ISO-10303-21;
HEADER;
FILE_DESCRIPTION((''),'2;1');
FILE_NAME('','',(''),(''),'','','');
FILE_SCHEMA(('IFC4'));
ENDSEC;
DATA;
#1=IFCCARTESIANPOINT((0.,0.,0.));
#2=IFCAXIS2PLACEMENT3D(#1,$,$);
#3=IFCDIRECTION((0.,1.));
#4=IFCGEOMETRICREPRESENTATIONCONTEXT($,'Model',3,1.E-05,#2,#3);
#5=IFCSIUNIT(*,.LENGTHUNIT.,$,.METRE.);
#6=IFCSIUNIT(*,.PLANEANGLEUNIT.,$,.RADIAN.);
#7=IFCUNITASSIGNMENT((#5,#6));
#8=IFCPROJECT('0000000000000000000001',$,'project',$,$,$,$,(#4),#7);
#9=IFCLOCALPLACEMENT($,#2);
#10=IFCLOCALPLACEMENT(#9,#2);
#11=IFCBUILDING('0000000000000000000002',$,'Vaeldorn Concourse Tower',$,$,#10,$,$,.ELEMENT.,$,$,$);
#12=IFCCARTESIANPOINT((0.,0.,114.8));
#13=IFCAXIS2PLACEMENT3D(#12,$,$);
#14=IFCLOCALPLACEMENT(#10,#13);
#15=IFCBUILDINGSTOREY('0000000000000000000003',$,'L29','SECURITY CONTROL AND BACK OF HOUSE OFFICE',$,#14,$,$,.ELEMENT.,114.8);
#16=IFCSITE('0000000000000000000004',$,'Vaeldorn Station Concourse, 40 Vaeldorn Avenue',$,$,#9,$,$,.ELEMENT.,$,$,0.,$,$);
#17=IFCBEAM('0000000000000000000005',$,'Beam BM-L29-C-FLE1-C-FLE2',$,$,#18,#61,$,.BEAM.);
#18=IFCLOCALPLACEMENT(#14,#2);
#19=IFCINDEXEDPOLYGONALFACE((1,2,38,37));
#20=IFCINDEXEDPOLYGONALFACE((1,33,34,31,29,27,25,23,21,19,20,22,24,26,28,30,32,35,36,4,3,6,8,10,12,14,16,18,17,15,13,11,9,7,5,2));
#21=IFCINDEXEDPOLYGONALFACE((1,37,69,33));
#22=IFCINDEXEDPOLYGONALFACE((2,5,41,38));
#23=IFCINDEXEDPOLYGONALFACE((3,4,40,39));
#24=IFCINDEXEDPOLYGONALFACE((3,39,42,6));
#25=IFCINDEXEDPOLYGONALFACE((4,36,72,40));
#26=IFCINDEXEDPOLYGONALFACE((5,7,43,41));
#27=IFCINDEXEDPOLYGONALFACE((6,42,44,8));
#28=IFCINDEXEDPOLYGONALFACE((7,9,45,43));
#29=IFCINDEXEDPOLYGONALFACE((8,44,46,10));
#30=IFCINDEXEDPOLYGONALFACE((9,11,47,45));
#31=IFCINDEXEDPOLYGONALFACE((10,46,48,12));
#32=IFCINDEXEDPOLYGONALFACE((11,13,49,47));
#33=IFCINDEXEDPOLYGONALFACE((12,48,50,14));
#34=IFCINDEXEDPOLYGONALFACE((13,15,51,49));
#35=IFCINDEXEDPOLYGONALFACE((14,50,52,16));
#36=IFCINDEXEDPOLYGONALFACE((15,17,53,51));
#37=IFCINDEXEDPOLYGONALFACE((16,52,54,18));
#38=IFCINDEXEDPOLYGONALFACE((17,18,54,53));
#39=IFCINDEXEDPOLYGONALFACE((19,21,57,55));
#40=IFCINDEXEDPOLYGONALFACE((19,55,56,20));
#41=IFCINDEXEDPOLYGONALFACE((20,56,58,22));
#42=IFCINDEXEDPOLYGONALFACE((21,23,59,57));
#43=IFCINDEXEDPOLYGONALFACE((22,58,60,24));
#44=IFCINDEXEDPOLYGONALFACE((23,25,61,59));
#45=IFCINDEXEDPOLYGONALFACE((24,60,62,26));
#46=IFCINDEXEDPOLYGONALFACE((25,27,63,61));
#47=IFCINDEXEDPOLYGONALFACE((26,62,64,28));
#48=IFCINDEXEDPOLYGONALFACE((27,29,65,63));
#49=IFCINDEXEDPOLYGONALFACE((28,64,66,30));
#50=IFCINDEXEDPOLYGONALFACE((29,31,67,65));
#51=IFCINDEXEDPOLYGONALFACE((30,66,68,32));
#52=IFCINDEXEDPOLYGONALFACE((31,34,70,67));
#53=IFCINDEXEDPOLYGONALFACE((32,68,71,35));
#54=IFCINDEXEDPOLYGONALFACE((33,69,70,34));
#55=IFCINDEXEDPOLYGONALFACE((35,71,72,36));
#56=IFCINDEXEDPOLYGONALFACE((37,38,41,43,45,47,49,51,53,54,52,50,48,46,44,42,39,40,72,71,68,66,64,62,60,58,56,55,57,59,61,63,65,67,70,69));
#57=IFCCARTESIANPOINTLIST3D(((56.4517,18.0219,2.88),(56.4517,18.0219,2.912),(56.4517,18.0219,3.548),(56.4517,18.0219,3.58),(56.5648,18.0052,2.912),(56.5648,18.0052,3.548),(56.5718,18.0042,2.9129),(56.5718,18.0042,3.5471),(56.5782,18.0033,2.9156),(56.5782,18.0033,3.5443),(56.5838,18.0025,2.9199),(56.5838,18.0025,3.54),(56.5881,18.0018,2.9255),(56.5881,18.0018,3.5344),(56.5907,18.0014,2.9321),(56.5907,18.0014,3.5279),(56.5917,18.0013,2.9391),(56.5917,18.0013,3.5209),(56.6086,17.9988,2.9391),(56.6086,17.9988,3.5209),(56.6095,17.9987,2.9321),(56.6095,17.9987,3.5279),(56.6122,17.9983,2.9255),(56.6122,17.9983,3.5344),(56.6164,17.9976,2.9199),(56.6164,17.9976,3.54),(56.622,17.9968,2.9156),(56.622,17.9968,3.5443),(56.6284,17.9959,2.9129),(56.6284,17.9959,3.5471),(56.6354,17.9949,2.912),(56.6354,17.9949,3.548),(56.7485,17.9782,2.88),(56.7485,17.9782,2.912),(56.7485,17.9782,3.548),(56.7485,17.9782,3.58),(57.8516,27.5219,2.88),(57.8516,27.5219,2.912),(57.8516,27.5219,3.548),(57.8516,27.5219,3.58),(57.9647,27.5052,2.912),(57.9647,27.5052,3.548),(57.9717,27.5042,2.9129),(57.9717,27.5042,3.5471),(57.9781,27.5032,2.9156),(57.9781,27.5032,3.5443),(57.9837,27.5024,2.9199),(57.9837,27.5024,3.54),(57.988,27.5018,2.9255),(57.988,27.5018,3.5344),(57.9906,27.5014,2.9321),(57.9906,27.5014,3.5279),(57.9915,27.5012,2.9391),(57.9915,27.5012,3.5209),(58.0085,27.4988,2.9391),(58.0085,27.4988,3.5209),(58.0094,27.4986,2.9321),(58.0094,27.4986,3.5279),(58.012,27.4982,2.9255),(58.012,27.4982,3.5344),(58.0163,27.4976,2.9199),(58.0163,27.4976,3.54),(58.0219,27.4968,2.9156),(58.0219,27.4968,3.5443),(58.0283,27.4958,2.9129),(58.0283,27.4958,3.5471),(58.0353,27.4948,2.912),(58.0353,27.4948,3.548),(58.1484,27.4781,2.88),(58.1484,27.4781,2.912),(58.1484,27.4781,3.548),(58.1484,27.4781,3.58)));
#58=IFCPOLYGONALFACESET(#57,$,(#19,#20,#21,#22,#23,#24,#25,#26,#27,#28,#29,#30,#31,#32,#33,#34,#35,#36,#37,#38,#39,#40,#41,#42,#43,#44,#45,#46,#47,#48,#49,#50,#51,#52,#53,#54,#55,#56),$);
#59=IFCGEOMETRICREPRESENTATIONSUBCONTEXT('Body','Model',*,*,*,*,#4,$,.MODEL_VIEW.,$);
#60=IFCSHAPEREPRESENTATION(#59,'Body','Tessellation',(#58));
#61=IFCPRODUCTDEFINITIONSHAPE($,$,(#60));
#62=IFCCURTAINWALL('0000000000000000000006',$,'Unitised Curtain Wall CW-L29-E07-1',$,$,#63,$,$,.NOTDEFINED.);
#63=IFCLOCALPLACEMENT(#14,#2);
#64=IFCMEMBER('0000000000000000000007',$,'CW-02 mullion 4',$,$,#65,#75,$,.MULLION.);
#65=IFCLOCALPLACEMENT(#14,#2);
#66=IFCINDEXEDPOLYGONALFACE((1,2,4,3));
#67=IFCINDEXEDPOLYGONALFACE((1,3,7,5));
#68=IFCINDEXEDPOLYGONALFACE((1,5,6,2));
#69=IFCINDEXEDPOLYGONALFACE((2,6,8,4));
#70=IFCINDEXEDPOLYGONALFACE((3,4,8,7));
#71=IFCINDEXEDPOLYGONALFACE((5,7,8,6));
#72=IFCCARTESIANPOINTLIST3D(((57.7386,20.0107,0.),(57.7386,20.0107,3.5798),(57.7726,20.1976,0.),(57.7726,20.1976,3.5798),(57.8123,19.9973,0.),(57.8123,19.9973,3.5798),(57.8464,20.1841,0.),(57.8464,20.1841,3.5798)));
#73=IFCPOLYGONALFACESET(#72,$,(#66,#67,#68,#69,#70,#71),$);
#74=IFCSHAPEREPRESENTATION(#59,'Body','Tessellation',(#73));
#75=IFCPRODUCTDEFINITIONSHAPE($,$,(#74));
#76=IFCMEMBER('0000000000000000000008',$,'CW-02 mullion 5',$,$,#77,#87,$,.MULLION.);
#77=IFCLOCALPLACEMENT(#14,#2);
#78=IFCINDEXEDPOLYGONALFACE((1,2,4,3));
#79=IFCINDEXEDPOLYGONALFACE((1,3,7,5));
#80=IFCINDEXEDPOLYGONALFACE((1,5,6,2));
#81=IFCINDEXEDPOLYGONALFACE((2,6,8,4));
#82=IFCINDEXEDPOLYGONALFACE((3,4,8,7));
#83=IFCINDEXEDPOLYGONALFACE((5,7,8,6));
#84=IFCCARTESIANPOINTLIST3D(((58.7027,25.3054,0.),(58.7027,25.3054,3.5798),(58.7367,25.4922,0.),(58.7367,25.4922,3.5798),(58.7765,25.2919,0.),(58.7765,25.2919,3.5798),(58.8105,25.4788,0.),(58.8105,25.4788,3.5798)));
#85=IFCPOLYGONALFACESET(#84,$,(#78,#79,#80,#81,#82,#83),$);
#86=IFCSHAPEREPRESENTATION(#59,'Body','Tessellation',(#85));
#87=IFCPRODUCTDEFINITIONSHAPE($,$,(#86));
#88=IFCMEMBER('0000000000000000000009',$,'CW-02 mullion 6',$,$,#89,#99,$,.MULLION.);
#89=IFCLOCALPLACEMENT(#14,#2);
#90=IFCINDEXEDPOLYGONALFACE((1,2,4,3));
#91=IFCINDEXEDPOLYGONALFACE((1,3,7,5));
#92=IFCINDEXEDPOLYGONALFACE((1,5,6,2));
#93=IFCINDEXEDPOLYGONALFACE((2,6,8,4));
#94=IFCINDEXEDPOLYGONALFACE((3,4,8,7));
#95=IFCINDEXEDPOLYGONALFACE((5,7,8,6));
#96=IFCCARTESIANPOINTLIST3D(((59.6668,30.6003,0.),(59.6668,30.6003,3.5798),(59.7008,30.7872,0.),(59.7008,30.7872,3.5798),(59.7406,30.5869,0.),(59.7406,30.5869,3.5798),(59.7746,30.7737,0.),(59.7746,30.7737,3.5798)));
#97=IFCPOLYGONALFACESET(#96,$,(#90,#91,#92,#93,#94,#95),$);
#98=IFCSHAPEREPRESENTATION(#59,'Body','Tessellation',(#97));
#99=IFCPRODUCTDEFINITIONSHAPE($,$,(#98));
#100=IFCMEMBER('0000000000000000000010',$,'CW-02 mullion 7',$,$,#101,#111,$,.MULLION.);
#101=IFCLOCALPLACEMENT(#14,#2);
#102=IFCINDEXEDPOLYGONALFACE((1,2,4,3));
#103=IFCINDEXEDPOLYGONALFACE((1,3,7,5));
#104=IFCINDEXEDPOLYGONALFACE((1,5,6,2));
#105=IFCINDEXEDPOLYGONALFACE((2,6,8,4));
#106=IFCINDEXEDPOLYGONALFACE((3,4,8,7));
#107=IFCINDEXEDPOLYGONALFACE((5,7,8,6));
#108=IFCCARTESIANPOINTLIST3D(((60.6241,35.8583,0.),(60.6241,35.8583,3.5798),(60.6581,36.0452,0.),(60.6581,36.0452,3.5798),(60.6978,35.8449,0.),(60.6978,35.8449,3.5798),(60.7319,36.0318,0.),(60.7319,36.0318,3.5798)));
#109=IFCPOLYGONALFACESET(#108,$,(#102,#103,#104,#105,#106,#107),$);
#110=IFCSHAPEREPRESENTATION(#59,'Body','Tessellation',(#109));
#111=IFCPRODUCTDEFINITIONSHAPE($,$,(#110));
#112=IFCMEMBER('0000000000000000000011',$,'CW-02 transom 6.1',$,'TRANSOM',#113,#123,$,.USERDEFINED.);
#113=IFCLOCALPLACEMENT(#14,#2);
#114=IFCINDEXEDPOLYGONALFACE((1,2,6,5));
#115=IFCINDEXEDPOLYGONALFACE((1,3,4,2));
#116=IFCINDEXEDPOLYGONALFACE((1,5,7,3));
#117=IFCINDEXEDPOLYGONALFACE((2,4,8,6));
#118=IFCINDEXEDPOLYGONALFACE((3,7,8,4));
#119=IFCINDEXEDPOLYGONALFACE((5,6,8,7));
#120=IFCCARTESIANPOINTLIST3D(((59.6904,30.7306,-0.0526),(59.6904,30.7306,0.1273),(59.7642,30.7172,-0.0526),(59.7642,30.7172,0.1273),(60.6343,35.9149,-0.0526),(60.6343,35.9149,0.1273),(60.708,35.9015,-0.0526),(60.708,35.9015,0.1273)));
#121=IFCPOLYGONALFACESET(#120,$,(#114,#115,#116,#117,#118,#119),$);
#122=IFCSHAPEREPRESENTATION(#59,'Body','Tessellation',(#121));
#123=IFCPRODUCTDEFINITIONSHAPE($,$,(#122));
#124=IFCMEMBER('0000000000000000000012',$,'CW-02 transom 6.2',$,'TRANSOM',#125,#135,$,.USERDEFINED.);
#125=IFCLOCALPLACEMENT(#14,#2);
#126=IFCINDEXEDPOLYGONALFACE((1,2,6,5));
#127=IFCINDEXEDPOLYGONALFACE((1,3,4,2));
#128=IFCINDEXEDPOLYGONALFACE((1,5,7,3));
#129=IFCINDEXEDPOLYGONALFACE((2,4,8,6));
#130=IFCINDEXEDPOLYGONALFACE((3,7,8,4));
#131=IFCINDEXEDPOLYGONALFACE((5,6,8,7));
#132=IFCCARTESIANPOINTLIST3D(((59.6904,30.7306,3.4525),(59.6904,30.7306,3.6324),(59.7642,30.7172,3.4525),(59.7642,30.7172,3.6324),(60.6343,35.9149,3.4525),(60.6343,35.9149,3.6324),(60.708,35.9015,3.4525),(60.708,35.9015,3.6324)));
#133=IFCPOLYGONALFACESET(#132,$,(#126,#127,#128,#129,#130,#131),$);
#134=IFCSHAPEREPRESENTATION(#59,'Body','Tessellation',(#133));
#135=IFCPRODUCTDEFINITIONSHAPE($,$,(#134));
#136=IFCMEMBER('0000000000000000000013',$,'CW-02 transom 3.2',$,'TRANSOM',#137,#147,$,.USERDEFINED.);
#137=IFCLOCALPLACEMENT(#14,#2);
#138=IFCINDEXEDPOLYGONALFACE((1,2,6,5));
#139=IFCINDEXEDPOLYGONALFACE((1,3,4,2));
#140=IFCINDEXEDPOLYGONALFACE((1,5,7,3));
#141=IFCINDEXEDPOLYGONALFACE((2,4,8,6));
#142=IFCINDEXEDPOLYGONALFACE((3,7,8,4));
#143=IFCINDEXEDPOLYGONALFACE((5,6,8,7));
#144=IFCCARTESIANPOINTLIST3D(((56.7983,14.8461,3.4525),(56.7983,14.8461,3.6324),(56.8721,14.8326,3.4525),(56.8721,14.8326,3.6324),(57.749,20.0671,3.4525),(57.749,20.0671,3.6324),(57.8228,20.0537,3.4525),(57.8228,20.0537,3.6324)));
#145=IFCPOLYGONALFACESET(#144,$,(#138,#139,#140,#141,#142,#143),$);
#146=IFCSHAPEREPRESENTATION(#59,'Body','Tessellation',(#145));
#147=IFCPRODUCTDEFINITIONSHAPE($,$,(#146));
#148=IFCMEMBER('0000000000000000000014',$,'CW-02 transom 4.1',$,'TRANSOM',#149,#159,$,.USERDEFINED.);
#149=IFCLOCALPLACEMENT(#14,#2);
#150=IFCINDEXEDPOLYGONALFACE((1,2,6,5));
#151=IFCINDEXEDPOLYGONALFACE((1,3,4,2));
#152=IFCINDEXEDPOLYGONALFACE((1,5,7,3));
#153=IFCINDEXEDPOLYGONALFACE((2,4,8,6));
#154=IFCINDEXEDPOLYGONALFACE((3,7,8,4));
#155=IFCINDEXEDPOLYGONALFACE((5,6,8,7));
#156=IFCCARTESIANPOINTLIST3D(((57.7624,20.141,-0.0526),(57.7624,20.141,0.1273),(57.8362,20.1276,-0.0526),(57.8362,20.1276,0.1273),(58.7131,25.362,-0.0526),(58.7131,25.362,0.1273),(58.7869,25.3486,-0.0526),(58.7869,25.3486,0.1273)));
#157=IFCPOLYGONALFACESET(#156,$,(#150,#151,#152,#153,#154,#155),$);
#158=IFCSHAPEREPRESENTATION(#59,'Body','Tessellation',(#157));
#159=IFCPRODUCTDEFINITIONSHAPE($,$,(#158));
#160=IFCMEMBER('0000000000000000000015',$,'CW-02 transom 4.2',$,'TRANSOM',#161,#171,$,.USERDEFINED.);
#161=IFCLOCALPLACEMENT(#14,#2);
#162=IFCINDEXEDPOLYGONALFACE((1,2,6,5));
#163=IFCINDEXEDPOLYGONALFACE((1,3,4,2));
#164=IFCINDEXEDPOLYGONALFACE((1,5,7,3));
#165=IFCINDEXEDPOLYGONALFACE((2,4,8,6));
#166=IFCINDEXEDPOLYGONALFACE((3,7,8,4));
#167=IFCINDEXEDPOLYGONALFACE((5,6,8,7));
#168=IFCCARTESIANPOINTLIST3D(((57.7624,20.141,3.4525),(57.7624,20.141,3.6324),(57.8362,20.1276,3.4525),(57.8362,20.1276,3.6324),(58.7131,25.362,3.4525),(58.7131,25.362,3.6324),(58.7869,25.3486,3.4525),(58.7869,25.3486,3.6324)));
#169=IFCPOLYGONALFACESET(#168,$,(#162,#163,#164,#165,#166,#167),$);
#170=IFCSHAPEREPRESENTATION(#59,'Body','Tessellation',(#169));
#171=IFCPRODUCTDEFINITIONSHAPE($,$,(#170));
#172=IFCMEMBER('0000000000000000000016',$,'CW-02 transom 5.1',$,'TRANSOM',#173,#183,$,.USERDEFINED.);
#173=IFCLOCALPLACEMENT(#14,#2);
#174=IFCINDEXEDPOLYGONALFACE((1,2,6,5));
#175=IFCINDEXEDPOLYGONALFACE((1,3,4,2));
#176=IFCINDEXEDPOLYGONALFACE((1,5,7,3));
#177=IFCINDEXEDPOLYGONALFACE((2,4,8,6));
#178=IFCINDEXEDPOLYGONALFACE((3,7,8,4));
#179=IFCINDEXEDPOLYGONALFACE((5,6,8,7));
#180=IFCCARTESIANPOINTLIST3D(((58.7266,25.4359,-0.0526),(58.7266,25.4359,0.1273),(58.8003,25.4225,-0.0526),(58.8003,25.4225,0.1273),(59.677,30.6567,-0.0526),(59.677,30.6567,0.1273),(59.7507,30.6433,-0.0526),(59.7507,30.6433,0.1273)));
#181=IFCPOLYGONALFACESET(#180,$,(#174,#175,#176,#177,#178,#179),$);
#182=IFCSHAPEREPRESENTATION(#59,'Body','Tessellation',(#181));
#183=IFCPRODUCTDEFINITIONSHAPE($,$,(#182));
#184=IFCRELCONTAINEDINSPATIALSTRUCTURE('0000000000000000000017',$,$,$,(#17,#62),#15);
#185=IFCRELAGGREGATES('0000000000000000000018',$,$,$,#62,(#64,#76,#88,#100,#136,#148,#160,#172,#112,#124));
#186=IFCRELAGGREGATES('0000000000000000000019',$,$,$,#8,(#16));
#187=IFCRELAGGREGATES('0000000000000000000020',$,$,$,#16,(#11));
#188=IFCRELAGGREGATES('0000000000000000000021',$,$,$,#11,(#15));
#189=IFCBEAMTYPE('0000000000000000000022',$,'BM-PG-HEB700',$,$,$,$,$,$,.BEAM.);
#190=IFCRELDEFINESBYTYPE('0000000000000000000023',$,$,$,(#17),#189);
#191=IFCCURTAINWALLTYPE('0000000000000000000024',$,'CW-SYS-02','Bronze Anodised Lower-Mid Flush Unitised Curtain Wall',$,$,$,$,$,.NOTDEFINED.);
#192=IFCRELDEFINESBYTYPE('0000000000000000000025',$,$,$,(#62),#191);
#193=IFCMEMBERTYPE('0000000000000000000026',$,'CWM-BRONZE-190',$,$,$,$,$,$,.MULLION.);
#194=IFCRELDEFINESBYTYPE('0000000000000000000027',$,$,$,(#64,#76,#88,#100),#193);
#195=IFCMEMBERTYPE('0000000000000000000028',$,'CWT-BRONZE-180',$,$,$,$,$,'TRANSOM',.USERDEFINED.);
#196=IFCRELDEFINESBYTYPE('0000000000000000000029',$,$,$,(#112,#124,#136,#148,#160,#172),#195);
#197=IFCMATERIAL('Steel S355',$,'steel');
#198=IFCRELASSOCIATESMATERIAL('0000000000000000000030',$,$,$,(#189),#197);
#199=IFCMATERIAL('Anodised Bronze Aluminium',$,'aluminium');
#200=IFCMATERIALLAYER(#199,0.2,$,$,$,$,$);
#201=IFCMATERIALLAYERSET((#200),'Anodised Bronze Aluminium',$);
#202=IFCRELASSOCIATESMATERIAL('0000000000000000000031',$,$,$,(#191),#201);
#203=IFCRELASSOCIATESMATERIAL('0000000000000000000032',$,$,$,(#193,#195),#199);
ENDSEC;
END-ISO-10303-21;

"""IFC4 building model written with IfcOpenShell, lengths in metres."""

from ifc_helpers import new_model, si_unit, direction, frame, origin, origin_2d, place, context, subcontext, project, spatial, rectangle, i_section, extrude, source, transform, mapped, material, layer, layer_set, material_profile, profile_set, type_object, element, aggregate, save


model = new_model("IFC4")

# Units and contexts
model_context = context("Model", 3, precision=1e-05, world=origin(), true_north=direction((0.0, 1.0)))
body_context = subcontext(model_context, "Body", "Model", "MODEL_VIEW")
ifc_project = project(units=[si_unit("LENGTHUNIT", "METRE"), si_unit("PLANEANGLEUNIT", "RADIAN")], contexts=[model_context])

# Site, building, storey
site_placement = place(None, origin())
site = spatial("IfcSite", under=ifc_project, at=site_placement, Name="Vaeldorn Station Concourse, 40 Vaeldorn Avenue", CompositionType="ELEMENT", RefElevation=0.0)
building_placement = place(site_placement, origin())
building = spatial("IfcBuilding", under=site, at=building_placement, Name="Vaeldorn Concourse Tower", CompositionType="ELEMENT")
storey_placement = place(building_placement, frame((0.0, 0.0, 114.8)))
storey = spatial("IfcBuildingStorey", under=building, at=storey_placement, Name="L29", Description="SECURITY CONTROL AND BACK OF HOUSE OFFICE", CompositionType="ELEMENT", Elevation=114.8)

# Beam
ifc_material_1 = material(Name="Steel S355", Category="steel")
ifc_material_profile_1 = material_profile(ifc_material_1, i_section(OverallWidth=0.3, OverallDepth=0.7, WebThickness=0.0171, FlangeThickness=0.032, FilletRadius=0.0271, at=origin_2d()), Name="HEB 700")
ifc_profile_set_1 = profile_set([ifc_material_profile_1], Name="Steel S355")
beam_type_1 = type_object("IfcBeamType", Name="BM-PG-HEB700", PredefinedType="BEAM", material=ifc_profile_set_1)
shared_shape_1 = source(origin(), body_context, "Body", "SweptSolid", [
    extrude(i_section(OverallWidth=0.3, OverallDepth=0.7, WebThickness=0.0171, FlangeThickness=0.032, FilletRadius=0.0271, at=origin_2d()), origin(), (0.0, 0.0, 1.0), 9.6025),
])
beam_1_placement = place(storey_placement, frame((58.0, 27.5, 3.23), z_axis=(-0.145784, -0.989316, 0.0), x_axis=(0.989316, -0.145784, 0.0)))
element("IfcBeam", 1, at=beam_1_placement, inside=storey, type_object=beam_type_1, Name="Beam BM-L29-C-FLE1-C-FLE2", PredefinedType="BEAM", context=body_context, shape_type="MappedRepresentation", body=[
    mapped(shared_shape_1, transform((0.0, 0.0, 0.0), scale=1.0)),
])

# Curtain wall, members
ifc_material_2 = material(Name="Anodised Bronze Aluminium", Category="aluminium")
ifc_layer_1 = layer(ifc_material_2, 0.2)
ifc_layer_set_1 = layer_set([ifc_layer_1], Name="Anodised Bronze Aluminium")
curtain_wall_type = type_object("IfcCurtainWallType", Name="CW-SYS-02", Description="Bronze Anodised Lower-Mid Flush Unitised Curtain Wall", PredefinedType="NOTDEFINED", material=ifc_layer_set_1)
curtain_wall_placement = place(storey_placement, origin())
curtain_wall = element("IfcCurtainWall", 2, at=curtain_wall_placement, inside=storey, type_object=curtain_wall_type, Name="Unitised Curtain Wall CW-L29-E07-1", PredefinedType="NOTDEFINED")
ifc_material_profile_2 = material_profile(ifc_material_2, rectangle(XDim=0.075, YDim=0.1899, at=origin_2d()), Name="CWM 75x190")
ifc_profile_set_2 = profile_set([ifc_material_profile_2], Name="Anodised Bronze Aluminium")
member_type_1 = type_object("IfcMemberType", Name="CWM-BRONZE-190", PredefinedType="MULLION", material=ifc_profile_set_2)
shared_shape_2 = source(origin(), body_context, "Body", "SweptSolid", [
    extrude(rectangle(XDim=0.075, YDim=0.1899, at=origin_2d()), origin(), (0.0, 0.0, 1.0), 3.5798),
])
member_1_placement = place(storey_placement, frame((57.7925, 20.0974, 0.0), z_axis=(0.0, 0.0, 1.0), x_axis=(-0.983828, 0.179118, 0.0)))
member_1 = element("IfcMember", 3, at=member_1_placement, type_object=member_type_1, Name="CW-02 mullion 4", PredefinedType="MULLION", context=body_context, shape_type="MappedRepresentation", body=[
    mapped(shared_shape_2, transform((0.0, 0.0, 0.0), scale=1.0)),
])
member_2_placement = place(storey_placement, frame((58.7566, 25.3921, 0.0), z_axis=(0.0, 0.0, 1.0), x_axis=(-0.983828, 0.179118, 0.0)))
member_2 = element("IfcMember", 4, at=member_2_placement, type_object=member_type_1, Name="CW-02 mullion 5", PredefinedType="MULLION", context=body_context, shape_type="MappedRepresentation", body=[
    mapped(shared_shape_2, transform((0.0, 0.0, 0.0), scale=1.0)),
])
member_3_placement = place(storey_placement, frame((59.7207, 30.687, 0.0), z_axis=(0.0, 0.0, 1.0), x_axis=(-0.983828, 0.179118, 0.0)))
member_3 = element("IfcMember", 5, at=member_3_placement, type_object=member_type_1, Name="CW-02 mullion 6", PredefinedType="MULLION", context=body_context, shape_type="MappedRepresentation", body=[
    mapped(shared_shape_2, transform((0.0, 0.0, 0.0), scale=1.0)),
])
member_4_placement = place(storey_placement, frame((60.678, 35.9451, 0.0), z_axis=(0.0, 0.0, 1.0), x_axis=(-0.983828, 0.179118, 0.0)))
member_4 = element("IfcMember", 6, at=member_4_placement, type_object=member_type_1, Name="CW-02 mullion 7", PredefinedType="MULLION", context=body_context, shape_type="MappedRepresentation", body=[
    mapped(shared_shape_2, transform((0.0, 0.0, 0.0), scale=1.0)),
])
ifc_material_profile_3 = material_profile(ifc_material_2, rectangle(XDim=0.075, YDim=0.1799, at=origin_2d()), Name="CWT 75x180")
ifc_profile_set_3 = profile_set([ifc_material_profile_3], Name="Anodised Bronze Aluminium")
member_type_2 = type_object("IfcMemberType", Name="CWT-BRONZE-180", ElementType="TRANSOM", PredefinedType="USERDEFINED", material=ifc_profile_set_3)
shared_shape_3 = source(origin(), body_context, "Body", "SweptSolid", [
    extrude(rectangle(XDim=0.075, YDim=0.1799, at=origin_2d()), origin(), (0.0, 0.0, 1.0), 5.2695),
])
member_5_placement = place(storey_placement, frame((59.7273, 30.7239, 0.0374), z_axis=(0.179114, 0.983828, 0.0), x_axis=(-0.983828, 0.179114, 0.0)))
member_5 = element("IfcMember", 7, at=member_5_placement, type_object=member_type_2, Name="CW-02 transom 6.1", ObjectType="TRANSOM", PredefinedType="USERDEFINED", context=body_context, shape_type="MappedRepresentation", body=[
    mapped(shared_shape_3, transform((0.0, 0.0, 0.0), scale=1.0)),
])
member_6_placement = place(storey_placement, frame((59.7273, 30.7239, 3.5425), z_axis=(0.179114, 0.983828, 0.0), x_axis=(-0.983828, 0.179114, 0.0)))
member_6 = element("IfcMember", 8, at=member_6_placement, type_object=member_type_2, Name="CW-02 transom 6.2", ObjectType="TRANSOM", PredefinedType="USERDEFINED", context=body_context, shape_type="MappedRepresentation", body=[
    mapped(shared_shape_3, transform((0.0, 0.0, 0.0), scale=1.0)),
])
shared_shape_4 = source(origin(), body_context, "Body", "SweptSolid", [
    extrude(rectangle(XDim=0.075, YDim=0.1799, at=origin_2d()), origin(), (0.0, 0.0, 1.0), 5.3069),
])
member_7_placement = place(storey_placement, frame((56.8352, 14.8394, 3.5425), z_axis=(0.179145, 0.983823, 0.0), x_axis=(-0.983823, 0.179145, 0.0)))
member_7 = element("IfcMember", 9, at=member_7_placement, type_object=member_type_2, Name="CW-02 transom 3.2", ObjectType="TRANSOM", PredefinedType="USERDEFINED", context=body_context, shape_type="MappedRepresentation", body=[
    mapped(shared_shape_4, transform((0.0, 0.0, 0.0), scale=1.0)),
])
member_8_placement = place(storey_placement, frame((57.7993, 20.1343, 0.0374), z_axis=(0.179145, 0.983823, 0.0), x_axis=(-0.983823, 0.179145, 0.0)))
member_8 = element("IfcMember", 10, at=member_8_placement, type_object=member_type_2, Name="CW-02 transom 4.1", ObjectType="TRANSOM", PredefinedType="USERDEFINED", context=body_context, shape_type="MappedRepresentation", body=[
    mapped(shared_shape_4, transform((0.0, 0.0, 0.0), scale=1.0)),
])
member_9_placement = place(storey_placement, frame((57.7993, 20.1343, 3.5425), z_axis=(0.179145, 0.983823, 0.0), x_axis=(-0.983823, 0.179145, 0.0)))
member_9 = element("IfcMember", 11, at=member_9_placement, type_object=member_type_2, Name="CW-02 transom 4.2", ObjectType="TRANSOM", PredefinedType="USERDEFINED", context=body_context, shape_type="MappedRepresentation", body=[
    mapped(shared_shape_4, transform((0.0, 0.0, 0.0), scale=1.0)),
])
shared_shape_5 = source(origin(), body_context, "Body", "SweptSolid", [
    extrude(rectangle(XDim=0.075, YDim=0.1799, at=origin_2d()), origin(), (0.0, 0.0, 1.0), 5.3066),
])
member_10_placement = place(storey_placement, frame((58.7634, 25.4292, 0.0374), z_axis=(0.1791, 0.983831, 0.0), x_axis=(-0.983831, 0.1791, 0.0)))
member_10 = element("IfcMember", 12, at=member_10_placement, type_object=member_type_2, Name="CW-02 transom 5.1", ObjectType="TRANSOM", PredefinedType="USERDEFINED", context=body_context, shape_type="MappedRepresentation", body=[
    mapped(shared_shape_5, transform((0.0, 0.0, 0.0), scale=1.0)),
])
aggregate(curtain_wall, [member_1, member_2, member_3, member_4, member_7, member_8, member_9, member_10, member_5, member_6])

save(model, "model.ifc")
